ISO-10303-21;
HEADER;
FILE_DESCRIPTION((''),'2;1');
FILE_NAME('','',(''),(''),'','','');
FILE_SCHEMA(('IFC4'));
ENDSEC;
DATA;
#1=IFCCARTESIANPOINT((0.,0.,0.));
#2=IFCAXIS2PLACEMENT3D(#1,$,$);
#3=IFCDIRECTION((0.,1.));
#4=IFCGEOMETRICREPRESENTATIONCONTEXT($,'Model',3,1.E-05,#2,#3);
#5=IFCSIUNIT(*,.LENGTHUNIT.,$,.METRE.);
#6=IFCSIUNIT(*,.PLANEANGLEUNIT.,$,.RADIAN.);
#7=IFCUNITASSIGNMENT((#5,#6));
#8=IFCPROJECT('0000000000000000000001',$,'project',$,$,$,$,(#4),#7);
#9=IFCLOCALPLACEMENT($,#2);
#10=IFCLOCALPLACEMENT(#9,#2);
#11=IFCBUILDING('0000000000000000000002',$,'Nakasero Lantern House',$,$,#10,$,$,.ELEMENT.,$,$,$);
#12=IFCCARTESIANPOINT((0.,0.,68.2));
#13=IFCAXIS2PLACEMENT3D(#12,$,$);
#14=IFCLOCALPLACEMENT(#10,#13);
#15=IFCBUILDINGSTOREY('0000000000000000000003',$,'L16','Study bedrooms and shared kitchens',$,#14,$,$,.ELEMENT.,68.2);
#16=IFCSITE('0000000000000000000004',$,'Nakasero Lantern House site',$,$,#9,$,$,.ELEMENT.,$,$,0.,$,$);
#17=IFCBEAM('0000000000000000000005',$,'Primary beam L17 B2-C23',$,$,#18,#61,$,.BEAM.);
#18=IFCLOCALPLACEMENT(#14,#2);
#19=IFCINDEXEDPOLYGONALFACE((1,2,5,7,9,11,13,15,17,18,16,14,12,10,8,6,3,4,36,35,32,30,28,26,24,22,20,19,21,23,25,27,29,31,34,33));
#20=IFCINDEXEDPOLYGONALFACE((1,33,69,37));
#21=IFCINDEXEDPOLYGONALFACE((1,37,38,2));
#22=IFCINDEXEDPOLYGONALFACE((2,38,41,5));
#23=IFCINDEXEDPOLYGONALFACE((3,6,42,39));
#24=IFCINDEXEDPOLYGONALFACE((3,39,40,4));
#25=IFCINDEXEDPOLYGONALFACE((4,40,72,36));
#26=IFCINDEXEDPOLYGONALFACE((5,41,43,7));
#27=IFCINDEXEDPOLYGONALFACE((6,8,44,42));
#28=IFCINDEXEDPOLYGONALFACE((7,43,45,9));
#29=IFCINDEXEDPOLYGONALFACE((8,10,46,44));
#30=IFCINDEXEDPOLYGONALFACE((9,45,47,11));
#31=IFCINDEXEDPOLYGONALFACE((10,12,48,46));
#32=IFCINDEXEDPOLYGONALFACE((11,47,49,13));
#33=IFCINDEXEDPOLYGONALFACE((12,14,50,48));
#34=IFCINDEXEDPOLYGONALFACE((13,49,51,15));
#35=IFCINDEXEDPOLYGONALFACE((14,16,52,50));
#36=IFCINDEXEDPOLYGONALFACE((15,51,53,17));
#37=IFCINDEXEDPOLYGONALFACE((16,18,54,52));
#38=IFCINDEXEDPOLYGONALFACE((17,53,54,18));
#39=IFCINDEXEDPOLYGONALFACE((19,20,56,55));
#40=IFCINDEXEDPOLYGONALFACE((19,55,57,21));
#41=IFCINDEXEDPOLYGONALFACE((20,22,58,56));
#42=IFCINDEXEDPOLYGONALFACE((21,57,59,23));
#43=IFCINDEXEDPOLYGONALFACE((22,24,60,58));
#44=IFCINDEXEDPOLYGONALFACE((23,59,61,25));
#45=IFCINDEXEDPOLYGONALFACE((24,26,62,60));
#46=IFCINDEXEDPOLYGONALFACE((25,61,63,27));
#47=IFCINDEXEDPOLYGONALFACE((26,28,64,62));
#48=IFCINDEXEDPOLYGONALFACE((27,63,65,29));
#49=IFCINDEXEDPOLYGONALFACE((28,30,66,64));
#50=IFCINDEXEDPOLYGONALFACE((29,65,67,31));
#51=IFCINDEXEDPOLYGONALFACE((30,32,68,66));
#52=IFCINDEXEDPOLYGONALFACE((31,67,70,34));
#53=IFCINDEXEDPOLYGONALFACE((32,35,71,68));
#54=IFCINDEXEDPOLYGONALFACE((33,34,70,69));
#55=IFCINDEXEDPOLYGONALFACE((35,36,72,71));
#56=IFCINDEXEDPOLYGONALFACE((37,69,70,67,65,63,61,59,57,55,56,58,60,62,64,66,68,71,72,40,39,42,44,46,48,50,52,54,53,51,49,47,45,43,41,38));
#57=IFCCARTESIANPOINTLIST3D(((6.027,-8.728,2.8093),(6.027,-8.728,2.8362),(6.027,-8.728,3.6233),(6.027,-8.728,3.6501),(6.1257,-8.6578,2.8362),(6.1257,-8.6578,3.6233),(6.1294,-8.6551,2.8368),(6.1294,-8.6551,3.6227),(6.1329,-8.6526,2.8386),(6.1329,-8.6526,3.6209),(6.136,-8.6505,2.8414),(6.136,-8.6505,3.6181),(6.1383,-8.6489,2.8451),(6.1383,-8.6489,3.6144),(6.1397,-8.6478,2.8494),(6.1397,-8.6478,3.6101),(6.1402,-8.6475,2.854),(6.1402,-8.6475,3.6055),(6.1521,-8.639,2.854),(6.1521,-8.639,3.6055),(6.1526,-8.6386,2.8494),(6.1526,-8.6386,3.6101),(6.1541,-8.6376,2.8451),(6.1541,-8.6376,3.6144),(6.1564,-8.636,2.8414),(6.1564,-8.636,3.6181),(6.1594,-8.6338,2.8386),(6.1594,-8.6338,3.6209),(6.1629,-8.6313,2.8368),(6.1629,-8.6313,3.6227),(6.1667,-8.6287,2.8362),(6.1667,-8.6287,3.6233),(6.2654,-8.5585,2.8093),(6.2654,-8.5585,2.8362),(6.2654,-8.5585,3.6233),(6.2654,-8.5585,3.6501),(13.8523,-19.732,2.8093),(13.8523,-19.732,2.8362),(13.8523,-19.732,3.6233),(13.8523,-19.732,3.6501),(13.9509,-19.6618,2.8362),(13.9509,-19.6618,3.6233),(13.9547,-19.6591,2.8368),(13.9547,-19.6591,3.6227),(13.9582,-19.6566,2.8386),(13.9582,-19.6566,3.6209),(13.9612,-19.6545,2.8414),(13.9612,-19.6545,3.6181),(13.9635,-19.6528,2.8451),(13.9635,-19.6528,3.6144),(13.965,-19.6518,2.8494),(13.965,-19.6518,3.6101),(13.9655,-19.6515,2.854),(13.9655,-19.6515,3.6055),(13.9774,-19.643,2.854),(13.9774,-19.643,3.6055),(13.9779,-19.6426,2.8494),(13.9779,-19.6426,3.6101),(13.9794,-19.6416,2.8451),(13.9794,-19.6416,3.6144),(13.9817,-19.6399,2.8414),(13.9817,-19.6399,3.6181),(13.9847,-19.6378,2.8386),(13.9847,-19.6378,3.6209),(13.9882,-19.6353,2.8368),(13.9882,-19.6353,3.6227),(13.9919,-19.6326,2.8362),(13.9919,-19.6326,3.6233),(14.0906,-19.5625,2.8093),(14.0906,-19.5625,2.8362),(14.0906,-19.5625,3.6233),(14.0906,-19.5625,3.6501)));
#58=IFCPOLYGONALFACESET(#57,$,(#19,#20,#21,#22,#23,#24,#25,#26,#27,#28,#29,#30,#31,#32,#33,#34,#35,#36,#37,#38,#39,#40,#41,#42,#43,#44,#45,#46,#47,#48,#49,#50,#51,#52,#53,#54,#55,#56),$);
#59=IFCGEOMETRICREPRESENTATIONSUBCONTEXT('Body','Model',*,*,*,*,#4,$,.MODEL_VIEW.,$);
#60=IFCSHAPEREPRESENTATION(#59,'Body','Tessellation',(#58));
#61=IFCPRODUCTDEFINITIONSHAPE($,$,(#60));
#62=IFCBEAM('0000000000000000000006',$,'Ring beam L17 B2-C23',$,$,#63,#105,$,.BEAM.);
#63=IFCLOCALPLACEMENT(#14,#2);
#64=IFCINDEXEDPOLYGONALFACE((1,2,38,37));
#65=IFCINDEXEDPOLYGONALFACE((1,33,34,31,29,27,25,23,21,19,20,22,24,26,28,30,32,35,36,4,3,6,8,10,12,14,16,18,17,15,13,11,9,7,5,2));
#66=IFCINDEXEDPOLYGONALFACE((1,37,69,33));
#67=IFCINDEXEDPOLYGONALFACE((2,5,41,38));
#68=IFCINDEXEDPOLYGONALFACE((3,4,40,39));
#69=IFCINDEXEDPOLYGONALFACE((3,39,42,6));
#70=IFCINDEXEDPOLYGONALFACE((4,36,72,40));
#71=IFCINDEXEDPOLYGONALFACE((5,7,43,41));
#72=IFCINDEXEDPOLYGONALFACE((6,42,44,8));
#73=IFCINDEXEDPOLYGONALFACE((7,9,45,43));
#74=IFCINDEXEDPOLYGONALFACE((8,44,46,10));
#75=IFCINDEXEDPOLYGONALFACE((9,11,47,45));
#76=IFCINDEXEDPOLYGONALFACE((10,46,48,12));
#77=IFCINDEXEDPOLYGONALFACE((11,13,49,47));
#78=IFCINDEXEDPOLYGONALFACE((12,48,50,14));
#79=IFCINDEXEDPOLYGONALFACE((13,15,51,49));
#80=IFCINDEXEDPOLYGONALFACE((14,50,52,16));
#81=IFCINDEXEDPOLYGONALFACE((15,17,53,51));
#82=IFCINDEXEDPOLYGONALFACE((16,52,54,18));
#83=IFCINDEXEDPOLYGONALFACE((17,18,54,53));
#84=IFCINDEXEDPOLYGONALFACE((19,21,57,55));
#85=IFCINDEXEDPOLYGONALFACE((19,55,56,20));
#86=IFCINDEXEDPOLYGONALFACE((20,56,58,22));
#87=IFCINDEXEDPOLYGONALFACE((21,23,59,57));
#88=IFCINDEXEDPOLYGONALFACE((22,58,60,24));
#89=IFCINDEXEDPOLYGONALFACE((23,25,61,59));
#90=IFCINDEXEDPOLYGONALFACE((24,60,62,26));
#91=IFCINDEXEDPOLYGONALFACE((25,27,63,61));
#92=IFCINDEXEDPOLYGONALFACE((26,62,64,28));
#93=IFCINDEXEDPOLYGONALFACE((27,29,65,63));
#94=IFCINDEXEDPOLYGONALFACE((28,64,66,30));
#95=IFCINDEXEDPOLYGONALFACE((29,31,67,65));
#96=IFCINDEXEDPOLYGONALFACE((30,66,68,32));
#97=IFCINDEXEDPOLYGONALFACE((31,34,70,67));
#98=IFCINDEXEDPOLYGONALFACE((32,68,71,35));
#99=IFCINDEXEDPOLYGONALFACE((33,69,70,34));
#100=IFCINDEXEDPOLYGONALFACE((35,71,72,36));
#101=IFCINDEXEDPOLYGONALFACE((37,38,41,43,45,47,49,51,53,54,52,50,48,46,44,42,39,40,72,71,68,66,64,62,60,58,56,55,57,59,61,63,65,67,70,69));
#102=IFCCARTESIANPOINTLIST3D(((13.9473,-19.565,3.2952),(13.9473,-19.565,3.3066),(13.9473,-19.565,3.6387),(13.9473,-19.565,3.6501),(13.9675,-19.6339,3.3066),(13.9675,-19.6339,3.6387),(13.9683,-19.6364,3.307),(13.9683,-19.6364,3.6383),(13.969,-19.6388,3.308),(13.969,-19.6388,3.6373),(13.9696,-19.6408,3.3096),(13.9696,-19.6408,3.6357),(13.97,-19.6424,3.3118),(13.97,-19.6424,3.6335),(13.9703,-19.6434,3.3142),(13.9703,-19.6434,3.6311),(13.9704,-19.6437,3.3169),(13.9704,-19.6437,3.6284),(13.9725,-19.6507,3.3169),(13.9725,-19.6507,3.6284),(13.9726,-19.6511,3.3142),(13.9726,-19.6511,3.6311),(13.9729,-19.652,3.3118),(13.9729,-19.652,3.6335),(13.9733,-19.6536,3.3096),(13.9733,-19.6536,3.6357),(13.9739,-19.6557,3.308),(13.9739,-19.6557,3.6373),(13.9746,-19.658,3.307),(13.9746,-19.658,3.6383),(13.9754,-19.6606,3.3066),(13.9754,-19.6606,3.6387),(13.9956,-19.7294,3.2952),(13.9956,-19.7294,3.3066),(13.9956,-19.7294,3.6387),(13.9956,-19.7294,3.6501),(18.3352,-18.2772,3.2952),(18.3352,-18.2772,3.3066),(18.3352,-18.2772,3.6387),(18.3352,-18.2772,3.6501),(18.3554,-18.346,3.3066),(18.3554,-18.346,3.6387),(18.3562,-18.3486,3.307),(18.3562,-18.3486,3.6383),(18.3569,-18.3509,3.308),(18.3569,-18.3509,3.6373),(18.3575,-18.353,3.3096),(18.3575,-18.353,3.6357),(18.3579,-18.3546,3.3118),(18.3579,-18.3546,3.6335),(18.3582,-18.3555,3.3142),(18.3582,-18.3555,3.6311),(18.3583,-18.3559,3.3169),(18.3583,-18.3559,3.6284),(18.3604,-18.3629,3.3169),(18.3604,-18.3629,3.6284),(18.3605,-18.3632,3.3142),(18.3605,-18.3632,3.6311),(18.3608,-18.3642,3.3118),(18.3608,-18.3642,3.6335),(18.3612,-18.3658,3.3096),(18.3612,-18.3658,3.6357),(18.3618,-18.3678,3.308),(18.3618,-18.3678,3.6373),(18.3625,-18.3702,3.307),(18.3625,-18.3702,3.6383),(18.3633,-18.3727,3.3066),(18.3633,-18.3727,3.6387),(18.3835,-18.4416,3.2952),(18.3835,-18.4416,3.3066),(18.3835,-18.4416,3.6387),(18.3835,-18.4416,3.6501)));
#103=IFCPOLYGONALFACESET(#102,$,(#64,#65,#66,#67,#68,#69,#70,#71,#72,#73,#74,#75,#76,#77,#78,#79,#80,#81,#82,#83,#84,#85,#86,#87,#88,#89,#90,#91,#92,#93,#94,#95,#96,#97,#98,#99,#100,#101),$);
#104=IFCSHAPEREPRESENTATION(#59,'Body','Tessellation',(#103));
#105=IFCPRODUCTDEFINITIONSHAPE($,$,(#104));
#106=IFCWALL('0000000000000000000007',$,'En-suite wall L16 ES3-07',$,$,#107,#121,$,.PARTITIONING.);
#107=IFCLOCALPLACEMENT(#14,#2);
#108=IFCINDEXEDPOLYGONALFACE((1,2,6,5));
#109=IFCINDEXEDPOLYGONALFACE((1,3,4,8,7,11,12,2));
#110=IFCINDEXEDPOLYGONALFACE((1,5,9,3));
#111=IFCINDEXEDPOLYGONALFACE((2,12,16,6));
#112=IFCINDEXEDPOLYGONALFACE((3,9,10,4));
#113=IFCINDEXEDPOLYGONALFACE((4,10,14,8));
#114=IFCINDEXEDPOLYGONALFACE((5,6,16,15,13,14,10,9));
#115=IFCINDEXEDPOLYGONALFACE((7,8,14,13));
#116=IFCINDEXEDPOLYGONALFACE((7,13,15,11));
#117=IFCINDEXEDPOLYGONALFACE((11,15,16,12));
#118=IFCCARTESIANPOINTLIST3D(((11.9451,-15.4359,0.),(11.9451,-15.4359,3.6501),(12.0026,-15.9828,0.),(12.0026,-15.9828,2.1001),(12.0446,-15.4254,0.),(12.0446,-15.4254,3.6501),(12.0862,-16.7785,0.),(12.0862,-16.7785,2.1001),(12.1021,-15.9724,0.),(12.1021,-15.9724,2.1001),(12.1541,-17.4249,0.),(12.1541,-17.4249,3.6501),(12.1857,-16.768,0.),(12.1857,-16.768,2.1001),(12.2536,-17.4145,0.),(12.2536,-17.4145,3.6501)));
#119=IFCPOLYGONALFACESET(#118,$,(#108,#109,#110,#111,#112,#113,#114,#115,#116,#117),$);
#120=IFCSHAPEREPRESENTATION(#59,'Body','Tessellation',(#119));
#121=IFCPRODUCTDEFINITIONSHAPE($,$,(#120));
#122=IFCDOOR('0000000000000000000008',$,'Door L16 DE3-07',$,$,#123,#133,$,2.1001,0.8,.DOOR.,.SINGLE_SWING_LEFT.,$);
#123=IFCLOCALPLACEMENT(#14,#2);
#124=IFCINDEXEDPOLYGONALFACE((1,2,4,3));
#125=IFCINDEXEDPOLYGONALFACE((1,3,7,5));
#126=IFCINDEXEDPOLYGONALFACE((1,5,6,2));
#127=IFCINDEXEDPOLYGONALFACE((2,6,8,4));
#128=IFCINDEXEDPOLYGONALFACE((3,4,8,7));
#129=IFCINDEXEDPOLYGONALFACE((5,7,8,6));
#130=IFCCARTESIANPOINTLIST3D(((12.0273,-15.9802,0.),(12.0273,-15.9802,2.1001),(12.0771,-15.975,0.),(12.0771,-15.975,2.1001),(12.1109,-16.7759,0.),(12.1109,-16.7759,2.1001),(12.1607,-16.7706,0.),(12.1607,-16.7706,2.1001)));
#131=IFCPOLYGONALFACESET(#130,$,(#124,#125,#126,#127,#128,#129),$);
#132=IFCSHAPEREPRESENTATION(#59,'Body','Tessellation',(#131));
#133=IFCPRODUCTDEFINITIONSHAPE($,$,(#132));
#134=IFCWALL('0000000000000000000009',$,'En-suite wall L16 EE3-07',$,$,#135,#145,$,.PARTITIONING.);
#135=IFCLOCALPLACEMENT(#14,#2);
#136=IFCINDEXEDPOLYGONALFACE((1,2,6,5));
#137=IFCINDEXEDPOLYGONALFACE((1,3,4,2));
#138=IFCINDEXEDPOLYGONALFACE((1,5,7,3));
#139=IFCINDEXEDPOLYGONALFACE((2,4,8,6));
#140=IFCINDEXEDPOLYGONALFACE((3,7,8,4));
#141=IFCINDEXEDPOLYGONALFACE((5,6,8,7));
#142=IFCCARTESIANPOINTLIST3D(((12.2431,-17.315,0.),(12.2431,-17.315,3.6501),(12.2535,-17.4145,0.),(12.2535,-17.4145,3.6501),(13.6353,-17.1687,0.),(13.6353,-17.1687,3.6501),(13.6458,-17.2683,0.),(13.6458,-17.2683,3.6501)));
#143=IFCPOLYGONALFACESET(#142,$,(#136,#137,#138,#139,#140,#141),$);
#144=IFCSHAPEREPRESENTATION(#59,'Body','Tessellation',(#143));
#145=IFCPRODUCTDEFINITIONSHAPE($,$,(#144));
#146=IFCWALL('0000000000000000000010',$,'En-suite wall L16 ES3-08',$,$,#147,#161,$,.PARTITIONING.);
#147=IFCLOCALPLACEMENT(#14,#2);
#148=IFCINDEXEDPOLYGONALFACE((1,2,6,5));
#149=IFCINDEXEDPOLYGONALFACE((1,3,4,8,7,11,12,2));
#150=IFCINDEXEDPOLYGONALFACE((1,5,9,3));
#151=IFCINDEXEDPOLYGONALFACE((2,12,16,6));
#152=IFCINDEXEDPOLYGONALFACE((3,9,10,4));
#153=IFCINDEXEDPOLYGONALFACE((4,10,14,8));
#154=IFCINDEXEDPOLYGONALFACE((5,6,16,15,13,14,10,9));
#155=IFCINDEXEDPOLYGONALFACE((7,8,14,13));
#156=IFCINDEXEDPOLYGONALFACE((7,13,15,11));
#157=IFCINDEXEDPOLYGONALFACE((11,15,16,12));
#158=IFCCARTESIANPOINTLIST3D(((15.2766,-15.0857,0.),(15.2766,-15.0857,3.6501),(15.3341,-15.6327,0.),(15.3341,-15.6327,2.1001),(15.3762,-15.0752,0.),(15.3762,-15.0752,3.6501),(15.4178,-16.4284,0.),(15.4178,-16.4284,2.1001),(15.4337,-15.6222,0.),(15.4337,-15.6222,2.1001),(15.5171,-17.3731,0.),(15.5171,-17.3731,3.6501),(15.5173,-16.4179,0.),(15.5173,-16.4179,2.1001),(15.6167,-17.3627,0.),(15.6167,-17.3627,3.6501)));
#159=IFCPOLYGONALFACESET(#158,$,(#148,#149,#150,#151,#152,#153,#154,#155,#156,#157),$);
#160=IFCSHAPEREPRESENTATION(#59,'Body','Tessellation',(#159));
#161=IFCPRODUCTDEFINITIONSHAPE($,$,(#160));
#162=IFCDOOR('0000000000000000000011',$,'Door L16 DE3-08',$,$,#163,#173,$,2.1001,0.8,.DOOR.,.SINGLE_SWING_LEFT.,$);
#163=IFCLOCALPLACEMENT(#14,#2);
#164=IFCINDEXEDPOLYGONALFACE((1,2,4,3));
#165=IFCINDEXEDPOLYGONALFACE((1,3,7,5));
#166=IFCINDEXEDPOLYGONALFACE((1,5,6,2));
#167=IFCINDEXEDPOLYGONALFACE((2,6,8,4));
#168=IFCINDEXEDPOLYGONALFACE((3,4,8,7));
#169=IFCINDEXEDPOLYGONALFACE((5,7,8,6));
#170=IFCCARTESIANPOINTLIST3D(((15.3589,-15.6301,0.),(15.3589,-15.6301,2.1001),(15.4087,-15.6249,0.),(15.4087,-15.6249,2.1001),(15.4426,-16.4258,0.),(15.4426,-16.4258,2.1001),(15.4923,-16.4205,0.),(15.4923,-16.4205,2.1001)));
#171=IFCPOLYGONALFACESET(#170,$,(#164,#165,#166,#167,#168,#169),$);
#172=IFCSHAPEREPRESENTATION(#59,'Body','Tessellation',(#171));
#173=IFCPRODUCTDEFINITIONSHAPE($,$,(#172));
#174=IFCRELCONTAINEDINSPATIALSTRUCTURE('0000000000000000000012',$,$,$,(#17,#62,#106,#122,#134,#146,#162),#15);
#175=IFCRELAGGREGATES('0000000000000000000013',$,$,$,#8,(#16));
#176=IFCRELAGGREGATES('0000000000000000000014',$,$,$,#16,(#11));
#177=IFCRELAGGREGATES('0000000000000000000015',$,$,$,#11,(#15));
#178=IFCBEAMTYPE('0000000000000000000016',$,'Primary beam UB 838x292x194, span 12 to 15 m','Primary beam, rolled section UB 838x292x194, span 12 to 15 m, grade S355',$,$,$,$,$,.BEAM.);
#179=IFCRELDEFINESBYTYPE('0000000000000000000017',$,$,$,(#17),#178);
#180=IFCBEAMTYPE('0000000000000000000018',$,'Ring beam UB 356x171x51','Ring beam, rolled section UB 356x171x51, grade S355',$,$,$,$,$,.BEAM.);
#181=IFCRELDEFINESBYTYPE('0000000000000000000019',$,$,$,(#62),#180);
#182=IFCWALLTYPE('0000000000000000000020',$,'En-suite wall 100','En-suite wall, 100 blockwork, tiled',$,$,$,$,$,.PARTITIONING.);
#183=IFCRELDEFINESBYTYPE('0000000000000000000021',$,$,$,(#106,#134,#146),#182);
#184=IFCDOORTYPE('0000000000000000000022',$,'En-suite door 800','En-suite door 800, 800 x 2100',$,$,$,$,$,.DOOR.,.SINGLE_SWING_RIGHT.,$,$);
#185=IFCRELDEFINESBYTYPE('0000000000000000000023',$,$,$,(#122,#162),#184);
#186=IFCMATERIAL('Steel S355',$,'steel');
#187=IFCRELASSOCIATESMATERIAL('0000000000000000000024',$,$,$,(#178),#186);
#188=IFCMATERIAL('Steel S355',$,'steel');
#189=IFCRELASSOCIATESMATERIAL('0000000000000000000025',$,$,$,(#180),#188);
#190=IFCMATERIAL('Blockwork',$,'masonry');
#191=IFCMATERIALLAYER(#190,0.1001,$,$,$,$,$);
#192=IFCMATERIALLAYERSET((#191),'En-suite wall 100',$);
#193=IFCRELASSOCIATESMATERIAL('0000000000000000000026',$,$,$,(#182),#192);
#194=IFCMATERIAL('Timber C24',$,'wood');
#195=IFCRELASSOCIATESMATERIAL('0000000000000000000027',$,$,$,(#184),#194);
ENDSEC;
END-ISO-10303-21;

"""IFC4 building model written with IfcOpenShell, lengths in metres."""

from ifc_helpers import new_model, si_unit, direction, frame, frame_2d, origin, origin_2d, place, context, subcontext, project, spatial, rectangle, i_section, extrude, material, layer, layer_set, material_profile, profile_set, type_object, element, fill, save


model = new_model("IFC4")

# Units and contexts
model_context = context("Model", 3, precision=1e-05, world=origin(), true_north=direction((0.0, 1.0)))
body_context = subcontext(model_context, "Body", "Model", "MODEL_VIEW")
ifc_project = project(units=[si_unit("LENGTHUNIT", "METRE"), si_unit("PLANEANGLEUNIT", "RADIAN")], contexts=[model_context])

# Site, building, storey
site_placement = place(None, origin())
site = spatial("IfcSite", under=ifc_project, at=site_placement, Name="Nakasero Lantern House site", CompositionType="ELEMENT", RefElevation=0.0)
building_placement = place(site_placement, origin())
building = spatial("IfcBuilding", under=site, at=building_placement, Name="Nakasero Lantern House", CompositionType="ELEMENT")
storey_placement = place(building_placement, frame((0.0, 0.0, 68.2)))
storey = spatial("IfcBuildingStorey", under=building, at=storey_placement, Name="L16", Description="Study bedrooms and shared kitchens", CompositionType="ELEMENT", Elevation=68.2)

# Beams
ifc_material_1 = material(Name="Steel S355", Category="steel")
ifc_material_profile_1 = material_profile(ifc_material_1, i_section(OverallWidth=0.2925, OverallDepth=0.8408, WebThickness=0.0146, FlangeThickness=0.0269, FilletRadius=0.0178, at=origin_2d()), Name="UB 838x292x194")
ifc_profile_set_1 = profile_set([ifc_material_profile_1], Name="Steel S355")
beam_type_1 = type_object("IfcBeamType", Name="Primary beam UB 838x292x194, span 12 to 15 m", Description="Primary beam, rolled section UB 838x292x194, span 12 to 15 m, grade S355", PredefinedType="BEAM", material=ifc_profile_set_1)
beam_1_placement = place(storey_placement, frame((13.9714, -19.6472, 3.2297), z_axis=(-0.579533, 0.814948, 0.0), x_axis=(-0.814948, -0.579533, 0.0)))
element("IfcBeam", 1, at=beam_1_placement, inside=storey, type_object=beam_type_1, Name="Primary beam L17 B2-C23", PredefinedType="BEAM", context=body_context, shape_type="SweptSolid", body=[
    extrude(i_section(OverallWidth=0.2925, OverallDepth=0.8408, WebThickness=0.0146, FlangeThickness=0.0269, FilletRadius=0.0178, at=origin_2d()), origin(), (0.0, 0.0, 1.0), 13.5027),
])
ifc_material_2 = material(Name="Steel S355", Category="steel")
ifc_material_profile_2 = material_profile(ifc_material_2, i_section(OverallWidth=0.1714, OverallDepth=0.355, WebThickness=0.0073, FlangeThickness=0.0115, FilletRadius=0.0103, at=origin_2d()), Name="UB 356x171x51")
ifc_profile_set_2 = profile_set([ifc_material_profile_2], Name="Steel S355")
beam_type_2 = type_object("IfcBeamType", Name="Ring beam UB 356x171x51", Description="Ring beam, rolled section UB 356x171x51, grade S355", PredefinedType="BEAM", material=ifc_profile_set_2)
beam_2_placement = place(storey_placement, frame((13.9714, -19.6472, 3.4727), z_axis=(0.959527, 0.281617, 0.0), x_axis=(-0.281617, 0.959527, 0.0)))
element("IfcBeam", 2, at=beam_2_placement, inside=storey, type_object=beam_type_2, Name="Ring beam L17 B2-C23", PredefinedType="BEAM", context=body_context, shape_type="SweptSolid", body=[
    extrude(i_section(OverallWidth=0.1714, OverallDepth=0.355, WebThickness=0.0073, FlangeThickness=0.0115, FilletRadius=0.0103, at=origin_2d()), origin(), (0.0, 0.0, 1.0), 4.573),
])

# Wall, opening, door
ifc_material_3 = material(Name="Blockwork", Category="masonry")
ifc_layer_1 = layer(ifc_material_3, 0.1001)
ifc_layer_set_1 = layer_set([ifc_layer_1], Name="En-suite wall 100")
wall_type_1 = type_object("IfcWallType", Name="En-suite wall 100", Description="En-suite wall, 100 blockwork, tiled", PredefinedType="PARTITIONING", material=ifc_layer_set_1)
wall_1_placement = place(storey_placement, frame((11.9949, -15.4307, 0.0), z_axis=(0.0, 0.0, 1.0), x_axis=(0.104494, -0.994526, 0.0)))
wall_1 = element("IfcWall", 3, at=wall_1_placement, inside=storey, type_object=wall_type_1, Name="En-suite wall L16 ES3-07", PredefinedType="PARTITIONING", context=body_context, shape_type="SweptSolid", body=[
    extrude(rectangle(XDim=2.0, YDim=0.1001, at=frame_2d((1.0, 0.0))), origin(), (0.0, 0.0, 1.0), 3.6501),
])
opening_1_placement = place(wall_1_placement, frame((0.55, 0.0, 0.0)))
opening_1 = element("IfcOpeningElement", 4, at=opening_1_placement, cuts=wall_1, PredefinedType="OPENING", context=body_context, shape_type="SweptSolid", body=[
    extrude(rectangle(XDim=0.8, YDim=2.1001, at=frame_2d((0.3999, 1.05))), frame((0.0, 0.0701, 0.0), z_axis=(0.0, -1.0, 0.0), x_axis=(1.0, 0.0, 0.0)), (0.0, 0.0, 1.0), 0.1401),
])
ifc_material_4 = material(Name="Timber C24", Category="wood")
door_type = type_object("IfcDoorType", Name="En-suite door 800", Description="En-suite door 800, 800 x 2100", OperationType="SINGLE_SWING_RIGHT", PredefinedType="DOOR", material=ifc_material_4)
door_1_placement = place(opening_1_placement, origin())
door_1 = element("IfcDoor", 5, at=door_1_placement, inside=storey, type_object=door_type, Name="Door L16 DE3-07", OperationType="SINGLE_SWING_LEFT", OverallHeight=2.1001, OverallWidth=0.8, PredefinedType="DOOR", context=body_context, shape_type="SweptSolid", body=[
    extrude(rectangle(XDim=0.8, YDim=2.1001, at=frame_2d((0.3999, 1.05))), frame((0.0, 0.0249, 0.0), z_axis=(0.0, -1.0, 0.0), x_axis=(1.0, 0.0, 0.0)), (0.0, 0.0, 1.0), 0.05),
])
fill(opening_1, door_1)

# Wall
wall_2_placement = place(storey_placement, frame((12.2483, -17.3647, 0.0), z_axis=(0.0, 0.0, 1.0), x_axis=(0.994529, 0.104458, 0.0)))
element("IfcWall", 6, at=wall_2_placement, inside=storey, type_object=wall_type_1, Name="En-suite wall L16 EE3-07", PredefinedType="PARTITIONING", context=body_context, shape_type="SweptSolid", body=[
    extrude(rectangle(XDim=1.3999, YDim=0.1001, at=frame_2d((0.7, 0.0))), origin(), (0.0, 0.0, 1.0), 3.6501),
])

# Wall, opening, door
wall_3_placement = place(storey_placement, frame((15.3264, -15.0806, 0.0), z_axis=(0.0, 0.0, 1.0), x_axis=(0.104558, -0.994519, 0.0)))
wall_3 = element("IfcWall", 7, at=wall_3_placement, inside=storey, type_object=wall_type_1, Name="En-suite wall L16 ES3-08", PredefinedType="PARTITIONING", context=body_context, shape_type="SweptSolid", body=[
    extrude(rectangle(XDim=2.3, YDim=0.1001, at=frame_2d((1.1499, 0.0))), origin(), (0.0, 0.0, 1.0), 3.6501),
])
opening_2_placement = place(wall_3_placement, frame((0.55, 0.0, 0.0)))
opening_2 = element("IfcOpeningElement", 8, at=opening_2_placement, cuts=wall_3, PredefinedType="OPENING", context=body_context, shape_type="SweptSolid", body=[
    extrude(rectangle(XDim=0.8, YDim=2.1001, at=frame_2d((0.3999, 1.05))), frame((0.0, 0.0701, 0.0), z_axis=(0.0, -1.0, 0.0), x_axis=(1.0, 0.0, 0.0)), (0.0, 0.0, 1.0), 0.1401),
])
door_2_placement = place(opening_2_placement, origin())
door_2 = element("IfcDoor", 9, at=door_2_placement, inside=storey, type_object=door_type, Name="Door L16 DE3-08", OperationType="SINGLE_SWING_LEFT", OverallHeight=2.1001, OverallWidth=0.8, PredefinedType="DOOR", context=body_context, shape_type="SweptSolid", body=[
    extrude(rectangle(XDim=0.8, YDim=2.1001, at=frame_2d((0.3999, 1.05))), frame((0.0, 0.0249, 0.0), z_axis=(0.0, -1.0, 0.0), x_axis=(1.0, 0.0, 0.0)), (0.0, 0.0, 1.0), 0.05),
])
fill(opening_2, door_2)

save(model, "model.ifc")
